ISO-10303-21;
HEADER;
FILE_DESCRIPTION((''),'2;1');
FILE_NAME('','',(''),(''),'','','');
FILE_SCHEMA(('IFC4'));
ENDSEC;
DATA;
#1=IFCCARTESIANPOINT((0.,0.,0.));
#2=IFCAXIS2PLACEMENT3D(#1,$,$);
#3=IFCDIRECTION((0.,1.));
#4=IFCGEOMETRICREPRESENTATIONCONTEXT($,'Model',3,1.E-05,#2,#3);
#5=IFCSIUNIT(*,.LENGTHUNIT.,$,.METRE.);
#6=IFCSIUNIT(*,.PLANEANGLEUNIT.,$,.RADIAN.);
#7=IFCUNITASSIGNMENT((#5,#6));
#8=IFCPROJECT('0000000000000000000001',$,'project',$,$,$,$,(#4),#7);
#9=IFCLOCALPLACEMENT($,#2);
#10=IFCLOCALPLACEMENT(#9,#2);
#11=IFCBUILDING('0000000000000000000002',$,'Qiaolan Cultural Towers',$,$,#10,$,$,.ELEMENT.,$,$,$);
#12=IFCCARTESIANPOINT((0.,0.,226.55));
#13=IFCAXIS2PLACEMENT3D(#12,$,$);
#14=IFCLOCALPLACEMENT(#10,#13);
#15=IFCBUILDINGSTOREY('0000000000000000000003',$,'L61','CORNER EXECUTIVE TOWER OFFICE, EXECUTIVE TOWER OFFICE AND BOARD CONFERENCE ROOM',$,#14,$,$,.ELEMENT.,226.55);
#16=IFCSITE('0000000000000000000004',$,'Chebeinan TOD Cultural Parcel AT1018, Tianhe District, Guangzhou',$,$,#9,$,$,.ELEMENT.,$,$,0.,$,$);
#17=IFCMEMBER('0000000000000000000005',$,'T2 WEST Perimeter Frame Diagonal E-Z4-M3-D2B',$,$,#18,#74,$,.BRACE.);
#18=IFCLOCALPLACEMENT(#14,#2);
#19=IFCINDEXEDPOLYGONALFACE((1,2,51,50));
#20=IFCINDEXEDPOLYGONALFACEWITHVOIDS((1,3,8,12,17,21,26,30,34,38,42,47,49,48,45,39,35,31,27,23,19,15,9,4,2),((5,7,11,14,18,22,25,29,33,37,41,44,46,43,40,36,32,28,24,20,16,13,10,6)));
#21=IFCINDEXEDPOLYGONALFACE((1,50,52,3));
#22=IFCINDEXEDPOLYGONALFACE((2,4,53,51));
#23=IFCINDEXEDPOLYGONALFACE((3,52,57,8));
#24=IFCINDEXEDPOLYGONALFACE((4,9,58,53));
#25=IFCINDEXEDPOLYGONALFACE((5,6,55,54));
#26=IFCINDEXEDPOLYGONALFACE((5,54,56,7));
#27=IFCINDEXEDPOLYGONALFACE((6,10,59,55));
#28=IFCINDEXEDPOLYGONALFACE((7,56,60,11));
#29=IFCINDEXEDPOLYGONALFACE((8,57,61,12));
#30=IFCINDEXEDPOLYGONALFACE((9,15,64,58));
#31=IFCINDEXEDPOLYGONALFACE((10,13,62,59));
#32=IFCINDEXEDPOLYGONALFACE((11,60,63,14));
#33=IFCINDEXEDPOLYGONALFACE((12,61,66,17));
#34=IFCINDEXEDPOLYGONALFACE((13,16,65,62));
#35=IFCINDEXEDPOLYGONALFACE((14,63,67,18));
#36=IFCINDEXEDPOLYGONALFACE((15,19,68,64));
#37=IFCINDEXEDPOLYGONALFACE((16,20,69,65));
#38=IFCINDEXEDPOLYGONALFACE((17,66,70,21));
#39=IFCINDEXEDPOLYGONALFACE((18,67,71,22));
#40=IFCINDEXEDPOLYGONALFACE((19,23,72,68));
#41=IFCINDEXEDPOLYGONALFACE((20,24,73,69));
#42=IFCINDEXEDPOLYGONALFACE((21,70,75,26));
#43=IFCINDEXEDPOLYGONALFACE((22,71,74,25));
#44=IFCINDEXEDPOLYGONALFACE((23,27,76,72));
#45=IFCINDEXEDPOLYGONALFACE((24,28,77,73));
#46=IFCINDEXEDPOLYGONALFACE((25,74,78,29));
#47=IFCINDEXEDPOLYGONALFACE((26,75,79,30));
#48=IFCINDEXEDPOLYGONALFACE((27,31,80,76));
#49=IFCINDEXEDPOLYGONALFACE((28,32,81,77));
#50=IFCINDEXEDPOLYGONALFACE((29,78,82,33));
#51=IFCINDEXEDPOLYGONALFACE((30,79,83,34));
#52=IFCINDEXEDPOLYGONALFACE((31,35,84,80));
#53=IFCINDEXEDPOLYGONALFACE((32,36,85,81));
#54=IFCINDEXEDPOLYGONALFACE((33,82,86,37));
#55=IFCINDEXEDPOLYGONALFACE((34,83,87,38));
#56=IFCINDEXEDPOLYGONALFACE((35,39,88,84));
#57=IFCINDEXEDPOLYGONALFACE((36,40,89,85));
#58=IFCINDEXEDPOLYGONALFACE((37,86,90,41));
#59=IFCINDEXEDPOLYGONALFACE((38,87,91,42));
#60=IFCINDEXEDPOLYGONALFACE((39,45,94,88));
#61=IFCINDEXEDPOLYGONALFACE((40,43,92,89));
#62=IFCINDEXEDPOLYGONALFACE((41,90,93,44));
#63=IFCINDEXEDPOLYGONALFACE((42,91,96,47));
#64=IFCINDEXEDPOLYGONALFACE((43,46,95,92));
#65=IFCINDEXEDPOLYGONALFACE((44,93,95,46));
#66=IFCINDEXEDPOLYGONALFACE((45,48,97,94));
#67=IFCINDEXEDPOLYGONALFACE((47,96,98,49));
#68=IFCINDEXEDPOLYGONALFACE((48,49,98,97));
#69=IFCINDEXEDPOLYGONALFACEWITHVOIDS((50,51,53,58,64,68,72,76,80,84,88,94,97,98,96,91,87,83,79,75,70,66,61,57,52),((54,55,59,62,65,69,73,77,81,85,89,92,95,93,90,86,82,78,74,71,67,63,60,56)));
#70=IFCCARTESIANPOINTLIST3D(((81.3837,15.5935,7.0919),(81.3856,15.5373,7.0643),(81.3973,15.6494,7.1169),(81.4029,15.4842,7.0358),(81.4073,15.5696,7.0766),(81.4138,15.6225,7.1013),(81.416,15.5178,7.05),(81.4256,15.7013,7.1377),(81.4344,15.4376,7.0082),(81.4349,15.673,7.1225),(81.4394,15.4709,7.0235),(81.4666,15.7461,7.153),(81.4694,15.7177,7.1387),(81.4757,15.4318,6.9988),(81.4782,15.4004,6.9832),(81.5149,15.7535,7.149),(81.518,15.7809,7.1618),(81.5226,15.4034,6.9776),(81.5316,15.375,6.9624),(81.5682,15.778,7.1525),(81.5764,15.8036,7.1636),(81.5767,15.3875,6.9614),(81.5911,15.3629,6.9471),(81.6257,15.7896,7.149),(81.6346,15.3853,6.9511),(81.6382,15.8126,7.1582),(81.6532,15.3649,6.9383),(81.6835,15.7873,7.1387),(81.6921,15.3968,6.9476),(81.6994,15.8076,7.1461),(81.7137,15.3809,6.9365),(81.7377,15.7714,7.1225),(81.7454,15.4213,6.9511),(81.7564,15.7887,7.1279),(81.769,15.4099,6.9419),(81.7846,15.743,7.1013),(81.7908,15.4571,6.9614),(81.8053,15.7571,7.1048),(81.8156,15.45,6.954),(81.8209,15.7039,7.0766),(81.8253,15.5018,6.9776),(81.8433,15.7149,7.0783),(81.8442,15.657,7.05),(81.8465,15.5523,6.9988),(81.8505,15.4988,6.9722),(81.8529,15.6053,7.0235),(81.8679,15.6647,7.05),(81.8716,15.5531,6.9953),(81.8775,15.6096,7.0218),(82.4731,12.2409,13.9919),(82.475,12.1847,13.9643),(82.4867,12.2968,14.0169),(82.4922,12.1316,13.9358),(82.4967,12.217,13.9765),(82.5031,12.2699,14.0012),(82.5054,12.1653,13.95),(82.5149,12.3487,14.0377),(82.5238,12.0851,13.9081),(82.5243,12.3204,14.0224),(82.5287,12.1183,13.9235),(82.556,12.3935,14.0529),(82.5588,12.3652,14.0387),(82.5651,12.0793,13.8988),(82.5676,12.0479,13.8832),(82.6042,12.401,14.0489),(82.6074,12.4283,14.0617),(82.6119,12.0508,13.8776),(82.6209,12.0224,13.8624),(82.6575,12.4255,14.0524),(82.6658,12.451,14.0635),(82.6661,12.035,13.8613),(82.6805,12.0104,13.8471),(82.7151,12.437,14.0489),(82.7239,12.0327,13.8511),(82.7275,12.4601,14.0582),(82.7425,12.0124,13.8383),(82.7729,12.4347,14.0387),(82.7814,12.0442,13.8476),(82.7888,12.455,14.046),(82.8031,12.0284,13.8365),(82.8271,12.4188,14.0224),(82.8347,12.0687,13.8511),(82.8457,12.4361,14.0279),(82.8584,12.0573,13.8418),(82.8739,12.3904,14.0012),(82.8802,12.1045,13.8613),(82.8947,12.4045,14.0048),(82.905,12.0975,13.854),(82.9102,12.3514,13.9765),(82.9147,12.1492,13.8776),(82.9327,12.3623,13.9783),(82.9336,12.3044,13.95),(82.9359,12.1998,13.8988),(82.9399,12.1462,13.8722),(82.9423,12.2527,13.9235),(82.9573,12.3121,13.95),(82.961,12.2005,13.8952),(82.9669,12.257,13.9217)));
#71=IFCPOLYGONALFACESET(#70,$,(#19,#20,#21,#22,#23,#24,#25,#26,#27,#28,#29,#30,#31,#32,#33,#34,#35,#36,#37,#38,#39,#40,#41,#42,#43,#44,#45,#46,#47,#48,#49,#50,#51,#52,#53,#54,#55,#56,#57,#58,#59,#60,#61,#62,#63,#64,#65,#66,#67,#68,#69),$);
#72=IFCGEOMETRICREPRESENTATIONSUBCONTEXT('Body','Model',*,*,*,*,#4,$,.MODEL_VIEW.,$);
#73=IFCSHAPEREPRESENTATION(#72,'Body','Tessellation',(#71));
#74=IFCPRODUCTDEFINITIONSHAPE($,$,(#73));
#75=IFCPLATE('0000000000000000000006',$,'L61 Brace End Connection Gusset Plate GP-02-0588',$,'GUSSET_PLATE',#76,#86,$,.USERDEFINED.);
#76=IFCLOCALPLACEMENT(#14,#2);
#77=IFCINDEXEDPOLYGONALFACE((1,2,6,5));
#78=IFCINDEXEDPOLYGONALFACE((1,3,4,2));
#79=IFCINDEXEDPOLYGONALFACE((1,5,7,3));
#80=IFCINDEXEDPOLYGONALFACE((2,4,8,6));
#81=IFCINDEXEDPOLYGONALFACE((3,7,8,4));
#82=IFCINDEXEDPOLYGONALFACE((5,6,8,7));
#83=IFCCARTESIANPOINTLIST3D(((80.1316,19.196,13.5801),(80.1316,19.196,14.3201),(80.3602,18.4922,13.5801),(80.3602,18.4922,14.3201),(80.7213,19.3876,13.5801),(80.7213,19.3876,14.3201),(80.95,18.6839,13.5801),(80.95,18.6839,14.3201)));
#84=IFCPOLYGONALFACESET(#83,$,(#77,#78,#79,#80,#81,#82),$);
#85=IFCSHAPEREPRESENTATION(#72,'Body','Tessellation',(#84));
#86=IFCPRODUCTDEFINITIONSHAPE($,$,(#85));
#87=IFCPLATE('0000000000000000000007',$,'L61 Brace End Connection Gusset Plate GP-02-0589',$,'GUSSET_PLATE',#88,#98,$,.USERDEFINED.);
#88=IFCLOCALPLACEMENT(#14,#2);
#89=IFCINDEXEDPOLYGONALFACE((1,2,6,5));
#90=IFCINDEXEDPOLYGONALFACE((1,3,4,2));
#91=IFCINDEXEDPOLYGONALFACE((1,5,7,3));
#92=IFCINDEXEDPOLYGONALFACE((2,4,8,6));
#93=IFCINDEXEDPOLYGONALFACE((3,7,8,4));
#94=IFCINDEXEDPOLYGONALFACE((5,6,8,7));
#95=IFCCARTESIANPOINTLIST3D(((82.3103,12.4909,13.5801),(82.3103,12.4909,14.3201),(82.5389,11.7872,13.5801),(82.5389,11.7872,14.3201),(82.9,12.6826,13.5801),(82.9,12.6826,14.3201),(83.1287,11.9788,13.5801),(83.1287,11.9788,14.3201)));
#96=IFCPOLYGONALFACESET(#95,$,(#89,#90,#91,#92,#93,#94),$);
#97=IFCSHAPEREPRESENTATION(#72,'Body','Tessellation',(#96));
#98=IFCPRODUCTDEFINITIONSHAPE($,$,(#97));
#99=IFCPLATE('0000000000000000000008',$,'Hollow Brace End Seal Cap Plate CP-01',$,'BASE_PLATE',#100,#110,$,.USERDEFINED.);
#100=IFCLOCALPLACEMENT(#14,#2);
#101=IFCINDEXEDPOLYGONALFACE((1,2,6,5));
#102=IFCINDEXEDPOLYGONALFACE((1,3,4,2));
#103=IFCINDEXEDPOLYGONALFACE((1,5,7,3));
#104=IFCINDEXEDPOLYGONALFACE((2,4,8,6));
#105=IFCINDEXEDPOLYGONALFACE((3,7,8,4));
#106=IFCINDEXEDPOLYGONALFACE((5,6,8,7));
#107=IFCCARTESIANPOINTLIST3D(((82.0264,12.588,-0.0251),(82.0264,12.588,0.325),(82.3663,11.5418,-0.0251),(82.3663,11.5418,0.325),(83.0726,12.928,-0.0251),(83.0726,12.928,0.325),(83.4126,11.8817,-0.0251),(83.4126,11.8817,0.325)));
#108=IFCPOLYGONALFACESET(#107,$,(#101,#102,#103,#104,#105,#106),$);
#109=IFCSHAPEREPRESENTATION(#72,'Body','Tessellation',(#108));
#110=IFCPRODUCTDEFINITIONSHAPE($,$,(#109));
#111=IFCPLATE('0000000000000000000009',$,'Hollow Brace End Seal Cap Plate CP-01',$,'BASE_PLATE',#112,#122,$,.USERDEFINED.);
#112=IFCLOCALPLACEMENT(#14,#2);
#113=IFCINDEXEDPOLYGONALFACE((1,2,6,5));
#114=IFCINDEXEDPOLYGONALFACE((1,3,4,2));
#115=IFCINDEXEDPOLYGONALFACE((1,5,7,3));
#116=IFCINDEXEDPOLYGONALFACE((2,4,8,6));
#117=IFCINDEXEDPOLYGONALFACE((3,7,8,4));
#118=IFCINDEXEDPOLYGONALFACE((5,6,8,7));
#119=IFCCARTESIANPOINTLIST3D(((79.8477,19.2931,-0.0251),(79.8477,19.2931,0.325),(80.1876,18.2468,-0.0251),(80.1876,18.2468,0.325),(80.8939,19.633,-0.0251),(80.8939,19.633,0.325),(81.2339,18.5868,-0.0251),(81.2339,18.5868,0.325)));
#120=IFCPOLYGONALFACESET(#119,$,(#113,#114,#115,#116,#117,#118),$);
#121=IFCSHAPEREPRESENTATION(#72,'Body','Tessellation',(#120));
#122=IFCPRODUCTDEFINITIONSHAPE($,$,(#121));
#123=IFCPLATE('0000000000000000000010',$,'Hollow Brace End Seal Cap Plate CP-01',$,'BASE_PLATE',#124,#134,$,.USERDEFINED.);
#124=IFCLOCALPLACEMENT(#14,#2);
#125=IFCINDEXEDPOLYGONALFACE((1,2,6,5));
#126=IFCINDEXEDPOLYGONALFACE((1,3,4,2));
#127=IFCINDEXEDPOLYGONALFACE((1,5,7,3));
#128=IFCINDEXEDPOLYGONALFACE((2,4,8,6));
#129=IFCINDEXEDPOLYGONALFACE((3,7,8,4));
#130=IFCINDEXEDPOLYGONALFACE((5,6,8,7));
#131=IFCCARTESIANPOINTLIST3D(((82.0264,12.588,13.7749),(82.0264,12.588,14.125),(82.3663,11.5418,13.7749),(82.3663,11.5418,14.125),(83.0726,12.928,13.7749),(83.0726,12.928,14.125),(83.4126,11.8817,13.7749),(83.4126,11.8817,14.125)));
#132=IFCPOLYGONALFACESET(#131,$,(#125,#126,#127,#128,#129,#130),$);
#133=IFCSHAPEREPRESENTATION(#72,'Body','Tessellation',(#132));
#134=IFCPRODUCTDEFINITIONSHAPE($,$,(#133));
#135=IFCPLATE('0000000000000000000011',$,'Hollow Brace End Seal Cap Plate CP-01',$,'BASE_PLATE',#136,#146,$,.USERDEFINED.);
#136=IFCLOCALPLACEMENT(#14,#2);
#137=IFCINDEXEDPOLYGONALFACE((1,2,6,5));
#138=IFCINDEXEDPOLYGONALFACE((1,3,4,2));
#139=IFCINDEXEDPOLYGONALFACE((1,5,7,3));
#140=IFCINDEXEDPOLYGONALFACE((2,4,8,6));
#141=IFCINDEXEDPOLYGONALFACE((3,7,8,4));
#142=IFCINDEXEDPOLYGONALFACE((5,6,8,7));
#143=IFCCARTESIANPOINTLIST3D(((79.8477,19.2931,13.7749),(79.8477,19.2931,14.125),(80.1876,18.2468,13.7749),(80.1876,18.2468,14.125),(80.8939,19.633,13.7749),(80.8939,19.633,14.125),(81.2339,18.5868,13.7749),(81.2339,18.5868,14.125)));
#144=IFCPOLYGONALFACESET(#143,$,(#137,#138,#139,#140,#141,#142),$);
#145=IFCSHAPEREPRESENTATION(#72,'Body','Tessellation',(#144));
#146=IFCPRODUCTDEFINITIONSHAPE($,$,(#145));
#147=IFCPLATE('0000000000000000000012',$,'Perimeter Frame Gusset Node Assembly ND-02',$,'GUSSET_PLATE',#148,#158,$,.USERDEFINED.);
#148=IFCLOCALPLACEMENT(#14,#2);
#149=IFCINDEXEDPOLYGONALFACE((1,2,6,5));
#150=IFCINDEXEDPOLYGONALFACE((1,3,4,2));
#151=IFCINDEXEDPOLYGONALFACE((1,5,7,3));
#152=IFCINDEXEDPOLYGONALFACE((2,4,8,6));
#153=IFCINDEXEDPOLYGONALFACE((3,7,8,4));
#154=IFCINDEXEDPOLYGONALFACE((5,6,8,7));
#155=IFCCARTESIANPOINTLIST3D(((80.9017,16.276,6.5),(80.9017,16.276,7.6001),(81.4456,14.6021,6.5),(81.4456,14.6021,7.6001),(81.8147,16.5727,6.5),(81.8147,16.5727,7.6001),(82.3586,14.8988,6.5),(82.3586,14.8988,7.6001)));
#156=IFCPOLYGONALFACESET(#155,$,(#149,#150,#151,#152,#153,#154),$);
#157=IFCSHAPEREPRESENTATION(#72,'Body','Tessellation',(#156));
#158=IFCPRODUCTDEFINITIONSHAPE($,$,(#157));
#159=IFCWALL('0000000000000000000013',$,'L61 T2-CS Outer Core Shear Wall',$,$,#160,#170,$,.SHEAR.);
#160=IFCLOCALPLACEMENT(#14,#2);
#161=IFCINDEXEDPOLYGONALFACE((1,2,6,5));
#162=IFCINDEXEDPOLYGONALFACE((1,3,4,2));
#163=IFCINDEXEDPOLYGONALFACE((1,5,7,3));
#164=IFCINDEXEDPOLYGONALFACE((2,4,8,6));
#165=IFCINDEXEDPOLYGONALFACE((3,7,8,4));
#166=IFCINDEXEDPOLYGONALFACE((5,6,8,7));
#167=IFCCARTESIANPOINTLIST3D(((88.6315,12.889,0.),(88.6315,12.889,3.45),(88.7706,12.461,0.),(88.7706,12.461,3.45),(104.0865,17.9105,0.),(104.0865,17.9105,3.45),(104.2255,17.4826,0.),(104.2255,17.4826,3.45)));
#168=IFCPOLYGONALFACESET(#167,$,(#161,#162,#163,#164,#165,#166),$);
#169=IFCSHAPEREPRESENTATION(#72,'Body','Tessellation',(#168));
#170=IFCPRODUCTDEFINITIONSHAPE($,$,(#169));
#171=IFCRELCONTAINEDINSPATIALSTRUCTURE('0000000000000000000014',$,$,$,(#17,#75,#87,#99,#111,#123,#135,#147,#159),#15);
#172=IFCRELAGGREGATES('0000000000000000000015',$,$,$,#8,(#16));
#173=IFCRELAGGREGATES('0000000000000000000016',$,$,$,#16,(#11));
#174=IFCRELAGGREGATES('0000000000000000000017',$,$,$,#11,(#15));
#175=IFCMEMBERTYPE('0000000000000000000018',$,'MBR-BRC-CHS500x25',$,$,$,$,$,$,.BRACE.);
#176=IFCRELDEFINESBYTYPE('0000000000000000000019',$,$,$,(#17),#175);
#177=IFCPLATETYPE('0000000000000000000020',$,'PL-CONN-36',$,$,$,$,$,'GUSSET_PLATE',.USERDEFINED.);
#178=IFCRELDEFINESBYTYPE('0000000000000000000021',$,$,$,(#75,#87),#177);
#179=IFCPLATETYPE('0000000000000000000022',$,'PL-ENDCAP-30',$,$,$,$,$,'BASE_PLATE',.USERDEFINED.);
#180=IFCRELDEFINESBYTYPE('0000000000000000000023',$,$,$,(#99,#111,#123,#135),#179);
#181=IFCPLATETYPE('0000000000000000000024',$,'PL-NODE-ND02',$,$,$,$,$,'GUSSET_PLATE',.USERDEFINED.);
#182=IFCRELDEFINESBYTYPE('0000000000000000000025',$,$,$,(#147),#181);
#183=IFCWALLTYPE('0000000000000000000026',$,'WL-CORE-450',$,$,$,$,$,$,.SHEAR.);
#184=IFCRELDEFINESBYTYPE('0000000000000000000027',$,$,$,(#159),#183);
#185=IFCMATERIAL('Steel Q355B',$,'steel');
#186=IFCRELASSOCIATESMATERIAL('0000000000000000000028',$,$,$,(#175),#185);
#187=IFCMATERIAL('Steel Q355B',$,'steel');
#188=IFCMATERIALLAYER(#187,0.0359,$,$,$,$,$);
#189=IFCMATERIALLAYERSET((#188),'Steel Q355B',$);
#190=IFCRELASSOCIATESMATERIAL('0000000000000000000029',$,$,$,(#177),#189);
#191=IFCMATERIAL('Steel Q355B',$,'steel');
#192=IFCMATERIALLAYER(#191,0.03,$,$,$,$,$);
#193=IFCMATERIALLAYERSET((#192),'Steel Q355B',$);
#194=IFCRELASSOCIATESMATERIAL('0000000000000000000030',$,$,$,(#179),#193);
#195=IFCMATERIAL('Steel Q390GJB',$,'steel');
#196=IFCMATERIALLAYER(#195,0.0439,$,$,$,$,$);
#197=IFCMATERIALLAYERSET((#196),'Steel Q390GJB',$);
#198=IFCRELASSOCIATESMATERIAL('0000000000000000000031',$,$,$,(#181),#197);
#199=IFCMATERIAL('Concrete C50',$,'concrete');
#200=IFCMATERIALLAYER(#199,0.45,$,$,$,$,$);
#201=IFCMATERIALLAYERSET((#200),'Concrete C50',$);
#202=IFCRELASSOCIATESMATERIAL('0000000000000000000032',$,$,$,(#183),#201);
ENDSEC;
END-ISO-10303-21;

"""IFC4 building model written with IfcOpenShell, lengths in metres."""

from ifc_helpers import new_model, si_unit, direction, frame, frame_2d, origin, origin_2d, place, context, subcontext, project, spatial, rectangle, hollow_circle, extrude, material, layer, layer_set, material_profile, profile_set, type_object, element, save


model = new_model("IFC4")

# Units and contexts
model_context = context("Model", 3, precision=1e-05, world=origin(), true_north=direction((0.0, 1.0)))
body_context = subcontext(model_context, "Body", "Model", "MODEL_VIEW")
ifc_project = project(units=[si_unit("LENGTHUNIT", "METRE"), si_unit("PLANEANGLEUNIT", "RADIAN")], contexts=[model_context])

# Site, building, storey
site_placement = place(None, origin())
site = spatial("IfcSite", under=ifc_project, at=site_placement, Name="Chebeinan TOD Cultural Parcel AT1018, Tianhe District, Guangzhou", CompositionType="ELEMENT", RefElevation=0.0)
building_placement = place(site_placement, origin())
building = spatial("IfcBuilding", under=site, at=building_placement, Name="Qiaolan Cultural Towers", CompositionType="ELEMENT")
storey_placement = place(building_placement, frame((0.0, 0.0, 226.55)))
storey = spatial("IfcBuildingStorey", under=building, at=storey_placement, Name="L61", Description="CORNER EXECUTIVE TOWER OFFICE, EXECUTIVE TOWER OFFICE AND BOARD CONFERENCE ROOM", CompositionType="ELEMENT", Elevation=226.55)

# Member
ifc_material_1 = material(Name="Steel Q355B", Category="steel")
ifc_material_profile_1 = material_profile(ifc_material_1, hollow_circle(Radius=0.25, WallThickness=0.0249, at=origin_2d()), Name="CHS500x25")
ifc_profile_set_1 = profile_set([ifc_material_profile_1], Name="Steel Q355B")
member_type = type_object("IfcMemberType", Name="MBR-BRC-CHS500x25", PredefinedType="BRACE", material=ifc_profile_set_1)
member_1_placement = place(storey_placement, frame((81.6301, 15.5874, 7.05), z_axis=(0.140594, -0.432685, 0.890515), x_axis=(0.951052, 0.30903, 0.0)))
element("IfcMember", 1, at=member_1_placement, inside=storey, type_object=member_type, Name="T2 WEST Perimeter Frame Diagonal E-Z4-M3-D2B", PredefinedType="BRACE", context=body_context, shape_type="SweptSolid", body=[
    extrude(hollow_circle(Radius=0.25, WallThickness=0.0249, at=origin_2d()), origin(), (0.0, 0.0, 1.0), 7.7483),
])

# Plates
ifc_material_2 = material(Name="Steel Q355B", Category="steel")
ifc_layer_1 = layer(ifc_material_2, 0.0359)
ifc_layer_set_1 = layer_set([ifc_layer_1], Name="Steel Q355B")
plate_type_1 = type_object("IfcPlateType", Name="PL-CONN-36", ElementType="GUSSET_PLATE", PredefinedType="USERDEFINED", material=ifc_layer_set_1)
for number, where, z_axis, x_axis, name in (
    (2, (80.5408, 18.9399, 13.5801), (0.0, 0.0, 1.0), (-0.309017, 0.951057, 0.0), "L61 Brace End Connection Gusset Plate GP-02-0588"),
    (3, (82.7195, 12.2349, 13.5801), (0.0, 0.0, 1.0), (-0.309017, 0.951057, 0.0), "L61 Brace End Connection Gusset Plate GP-02-0589"),
):
    element("IfcPlate", number, at=place(storey_placement, frame(where, z_axis=z_axis, x_axis=x_axis)), inside=storey, type_object=plate_type_1, Name=name, ObjectType="GUSSET_PLATE", PredefinedType="USERDEFINED", context=body_context, shape_type="SweptSolid", body=[
        extrude(rectangle(XDim=0.74, YDim=0.6201, at=origin_2d()), origin(), (0.0, 0.0, 1.0), 0.74),
    ])
ifc_material_3 = material(Name="Steel Q355B", Category="steel")
ifc_layer_2 = layer(ifc_material_3, 0.03)
ifc_layer_set_2 = layer_set([ifc_layer_2], Name="Steel Q355B")
plate_type_2 = type_object("IfcPlateType", Name="PL-ENDCAP-30", ElementType="BASE_PLATE", PredefinedType="USERDEFINED", material=ifc_layer_set_2)
for number, where, z_axis, x_axis, name in (
    (4, (82.7195, 12.2349, -0.0251), (0.0, 0.0, 1.0), (-0.309017, 0.951057, 0.0), "Hollow Brace End Seal Cap Plate CP-01"),
    (5, (80.5408, 18.9399, -0.0251), (0.0, 0.0, 1.0), (-0.309017, 0.951057, 0.0), "Hollow Brace End Seal Cap Plate CP-01"),
    (6, (82.7195, 12.2349, 13.7749), (0.0, 0.0, 1.0), (-0.309017, 0.951057, 0.0), "Hollow Brace End Seal Cap Plate CP-01"),
    (7, (80.5408, 18.9399, 13.7749), (0.0, 0.0, 1.0), (-0.309017, 0.951057, 0.0), "Hollow Brace End Seal Cap Plate CP-01"),
):
    element("IfcPlate", number, at=place(storey_placement, frame(where, z_axis=z_axis, x_axis=x_axis)), inside=storey, type_object=plate_type_2, Name=name, ObjectType="BASE_PLATE", PredefinedType="USERDEFINED", context=body_context, shape_type="SweptSolid", body=[
        extrude(rectangle(XDim=1.1001, YDim=1.1001, at=origin_2d()), origin(), (0.0, 0.0, 1.0), 0.3501),
    ])
ifc_material_4 = material(Name="Steel Q390GJB", Category="steel")
ifc_layer_3 = layer(ifc_material_4, 0.0439)
ifc_layer_set_3 = layer_set([ifc_layer_3], Name="Steel Q390GJB")
plate_type_3 = type_object("IfcPlateType", Name="PL-NODE-ND02", ElementType="GUSSET_PLATE", PredefinedType="USERDEFINED", material=ifc_layer_set_3)
plate_placement = place(storey_placement, frame((81.6301, 15.5874, 6.5), z_axis=(0.0, 0.0, 1.0), x_axis=(-0.309017, 0.951057, 0.0)))
element("IfcPlate", 8, at=plate_placement, inside=storey, type_object=plate_type_3, Name="Perimeter Frame Gusset Node Assembly ND-02", ObjectType="GUSSET_PLATE", PredefinedType="USERDEFINED", context=body_context, shape_type="SweptSolid", body=[
    extrude(rectangle(XDim=1.76, YDim=0.96, at=origin_2d()), origin(), (0.0, 0.0, 1.0), 1.1001),
])

# Wall
ifc_material_5 = material(Name="Concrete C50", Category="concrete")
ifc_layer_4 = layer(ifc_material_5, 0.45)
ifc_layer_set_4 = layer_set([ifc_layer_4], Name="Concrete C50")
wall_type_1 = type_object("IfcWallType", Name="WL-CORE-450", PredefinedType="SHEAR", material=ifc_layer_set_4)
wall_1_placement = place(storey_placement, frame((88.7012, 12.675, 0.0), z_axis=(0.0, 0.0, 1.0), x_axis=(0.951058, 0.309012, 0.0)))
element("IfcWall", 9, at=wall_1_placement, inside=storey, type_object=wall_type_1, Name="L61 T2-CS Outer Core Shear Wall", PredefinedType="SHEAR", context=body_context, shape_type="SweptSolid", body=[
    extrude(rectangle(XDim=16.2502, YDim=0.45, at=frame_2d((8.125, 0.0))), origin(), (0.0, 0.0, 1.0), 3.45),
])

save(model, "model.ifc")
